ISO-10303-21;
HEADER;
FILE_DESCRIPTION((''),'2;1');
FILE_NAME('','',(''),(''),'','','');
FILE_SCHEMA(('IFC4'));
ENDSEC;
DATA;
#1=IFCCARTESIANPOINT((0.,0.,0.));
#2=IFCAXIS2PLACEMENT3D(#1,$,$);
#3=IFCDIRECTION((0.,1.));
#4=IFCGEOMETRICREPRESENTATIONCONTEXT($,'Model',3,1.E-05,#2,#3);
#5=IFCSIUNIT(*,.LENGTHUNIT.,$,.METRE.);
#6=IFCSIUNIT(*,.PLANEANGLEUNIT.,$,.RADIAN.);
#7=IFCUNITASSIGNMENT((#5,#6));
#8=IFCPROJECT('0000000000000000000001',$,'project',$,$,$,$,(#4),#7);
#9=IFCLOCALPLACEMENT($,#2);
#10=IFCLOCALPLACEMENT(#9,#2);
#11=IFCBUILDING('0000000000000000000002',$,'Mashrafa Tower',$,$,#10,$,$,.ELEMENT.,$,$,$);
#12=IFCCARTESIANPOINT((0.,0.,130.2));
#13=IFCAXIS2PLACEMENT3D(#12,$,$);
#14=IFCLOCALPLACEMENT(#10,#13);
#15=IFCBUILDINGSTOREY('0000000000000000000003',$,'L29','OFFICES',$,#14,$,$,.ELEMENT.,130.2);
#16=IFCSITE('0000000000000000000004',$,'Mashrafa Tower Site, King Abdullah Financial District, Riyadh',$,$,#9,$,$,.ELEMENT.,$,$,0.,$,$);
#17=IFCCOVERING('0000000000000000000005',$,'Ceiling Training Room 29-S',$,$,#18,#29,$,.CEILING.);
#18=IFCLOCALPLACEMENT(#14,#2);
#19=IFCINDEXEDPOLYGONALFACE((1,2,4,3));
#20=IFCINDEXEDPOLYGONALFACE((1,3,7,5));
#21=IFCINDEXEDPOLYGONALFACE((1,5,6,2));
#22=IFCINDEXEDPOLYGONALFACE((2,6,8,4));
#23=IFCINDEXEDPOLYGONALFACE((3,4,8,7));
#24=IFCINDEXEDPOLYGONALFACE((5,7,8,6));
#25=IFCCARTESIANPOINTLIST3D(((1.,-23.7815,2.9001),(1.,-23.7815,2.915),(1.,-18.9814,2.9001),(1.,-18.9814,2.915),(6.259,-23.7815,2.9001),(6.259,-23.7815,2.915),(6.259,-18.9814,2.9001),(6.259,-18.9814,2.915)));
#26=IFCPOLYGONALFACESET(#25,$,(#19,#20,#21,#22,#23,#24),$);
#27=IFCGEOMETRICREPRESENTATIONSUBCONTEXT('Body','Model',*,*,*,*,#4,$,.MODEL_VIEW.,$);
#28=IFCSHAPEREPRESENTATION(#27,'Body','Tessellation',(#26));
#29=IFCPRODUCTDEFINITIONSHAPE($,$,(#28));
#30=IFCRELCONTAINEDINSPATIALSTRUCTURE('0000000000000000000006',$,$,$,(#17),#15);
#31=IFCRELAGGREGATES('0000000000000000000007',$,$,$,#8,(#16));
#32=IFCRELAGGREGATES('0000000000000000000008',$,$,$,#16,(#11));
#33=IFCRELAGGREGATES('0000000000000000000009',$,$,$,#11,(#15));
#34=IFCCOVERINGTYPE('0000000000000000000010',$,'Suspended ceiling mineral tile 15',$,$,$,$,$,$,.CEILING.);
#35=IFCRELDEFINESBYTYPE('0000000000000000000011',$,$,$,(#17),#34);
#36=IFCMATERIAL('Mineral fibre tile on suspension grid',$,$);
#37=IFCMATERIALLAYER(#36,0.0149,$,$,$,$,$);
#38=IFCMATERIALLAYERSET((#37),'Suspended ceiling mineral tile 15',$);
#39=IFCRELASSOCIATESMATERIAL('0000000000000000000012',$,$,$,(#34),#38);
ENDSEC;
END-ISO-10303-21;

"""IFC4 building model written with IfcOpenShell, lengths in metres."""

from ifc_helpers import new_model, si_unit, direction, frame, origin, place, context, subcontext, project, spatial, polyline, outline, extrude, material, layer, layer_set, type_object, element, save


model = new_model("IFC4")

# Units and contexts
model_context = context("Model", 3, precision=1e-05, world=origin(), true_north=direction((0.0, 1.0)))
body_context = subcontext(model_context, "Body", "Model", "MODEL_VIEW")
ifc_project = project(units=[si_unit("LENGTHUNIT", "METRE"), si_unit("PLANEANGLEUNIT", "RADIAN")], contexts=[model_context])

# Site, building, storey
site_placement = place(None, origin())
site = spatial("IfcSite", under=ifc_project, at=site_placement, Name="Mashrafa Tower Site, King Abdullah Financial District, Riyadh", CompositionType="ELEMENT", RefElevation=0.0)
building_placement = place(site_placement, origin())
building = spatial("IfcBuilding", under=site, at=building_placement, Name="Mashrafa Tower", CompositionType="ELEMENT")
storey_placement = place(building_placement, frame((0.0, 0.0, 130.2)))
storey = spatial("IfcBuildingStorey", under=building, at=storey_placement, Name="L29", Description="OFFICES", CompositionType="ELEMENT", Elevation=130.2)

# Covering
ifc_material_1 = material(Name="Mineral fibre tile on suspension grid")
ifc_layer_1 = layer(ifc_material_1, 0.0149)
ifc_layer_set_1 = layer_set([ifc_layer_1], Name="Suspended ceiling mineral tile 15")
covering_type_1 = type_object("IfcCoveringType", Name="Suspended ceiling mineral tile 15", PredefinedType="CEILING", material=ifc_layer_set_1)
covering_1_placement = place(storey_placement, frame((0.0, 0.0, 2.9001)))
element("IfcCovering", 1, at=covering_1_placement, inside=storey, type_object=covering_type_1, Name="Ceiling Training Room 29-S", PredefinedType="CEILING", context=body_context, shape_type="SweptSolid", body=[
    extrude(outline(polyline([(1.0, -18.9814), (6.259, -18.9814), (6.259, -23.7815), (1.0, -23.7815), (1.0, -18.9814)])), origin(), (0.0, 0.0, 1.0), 0.0149),
])

save(model, "model.ifc")
